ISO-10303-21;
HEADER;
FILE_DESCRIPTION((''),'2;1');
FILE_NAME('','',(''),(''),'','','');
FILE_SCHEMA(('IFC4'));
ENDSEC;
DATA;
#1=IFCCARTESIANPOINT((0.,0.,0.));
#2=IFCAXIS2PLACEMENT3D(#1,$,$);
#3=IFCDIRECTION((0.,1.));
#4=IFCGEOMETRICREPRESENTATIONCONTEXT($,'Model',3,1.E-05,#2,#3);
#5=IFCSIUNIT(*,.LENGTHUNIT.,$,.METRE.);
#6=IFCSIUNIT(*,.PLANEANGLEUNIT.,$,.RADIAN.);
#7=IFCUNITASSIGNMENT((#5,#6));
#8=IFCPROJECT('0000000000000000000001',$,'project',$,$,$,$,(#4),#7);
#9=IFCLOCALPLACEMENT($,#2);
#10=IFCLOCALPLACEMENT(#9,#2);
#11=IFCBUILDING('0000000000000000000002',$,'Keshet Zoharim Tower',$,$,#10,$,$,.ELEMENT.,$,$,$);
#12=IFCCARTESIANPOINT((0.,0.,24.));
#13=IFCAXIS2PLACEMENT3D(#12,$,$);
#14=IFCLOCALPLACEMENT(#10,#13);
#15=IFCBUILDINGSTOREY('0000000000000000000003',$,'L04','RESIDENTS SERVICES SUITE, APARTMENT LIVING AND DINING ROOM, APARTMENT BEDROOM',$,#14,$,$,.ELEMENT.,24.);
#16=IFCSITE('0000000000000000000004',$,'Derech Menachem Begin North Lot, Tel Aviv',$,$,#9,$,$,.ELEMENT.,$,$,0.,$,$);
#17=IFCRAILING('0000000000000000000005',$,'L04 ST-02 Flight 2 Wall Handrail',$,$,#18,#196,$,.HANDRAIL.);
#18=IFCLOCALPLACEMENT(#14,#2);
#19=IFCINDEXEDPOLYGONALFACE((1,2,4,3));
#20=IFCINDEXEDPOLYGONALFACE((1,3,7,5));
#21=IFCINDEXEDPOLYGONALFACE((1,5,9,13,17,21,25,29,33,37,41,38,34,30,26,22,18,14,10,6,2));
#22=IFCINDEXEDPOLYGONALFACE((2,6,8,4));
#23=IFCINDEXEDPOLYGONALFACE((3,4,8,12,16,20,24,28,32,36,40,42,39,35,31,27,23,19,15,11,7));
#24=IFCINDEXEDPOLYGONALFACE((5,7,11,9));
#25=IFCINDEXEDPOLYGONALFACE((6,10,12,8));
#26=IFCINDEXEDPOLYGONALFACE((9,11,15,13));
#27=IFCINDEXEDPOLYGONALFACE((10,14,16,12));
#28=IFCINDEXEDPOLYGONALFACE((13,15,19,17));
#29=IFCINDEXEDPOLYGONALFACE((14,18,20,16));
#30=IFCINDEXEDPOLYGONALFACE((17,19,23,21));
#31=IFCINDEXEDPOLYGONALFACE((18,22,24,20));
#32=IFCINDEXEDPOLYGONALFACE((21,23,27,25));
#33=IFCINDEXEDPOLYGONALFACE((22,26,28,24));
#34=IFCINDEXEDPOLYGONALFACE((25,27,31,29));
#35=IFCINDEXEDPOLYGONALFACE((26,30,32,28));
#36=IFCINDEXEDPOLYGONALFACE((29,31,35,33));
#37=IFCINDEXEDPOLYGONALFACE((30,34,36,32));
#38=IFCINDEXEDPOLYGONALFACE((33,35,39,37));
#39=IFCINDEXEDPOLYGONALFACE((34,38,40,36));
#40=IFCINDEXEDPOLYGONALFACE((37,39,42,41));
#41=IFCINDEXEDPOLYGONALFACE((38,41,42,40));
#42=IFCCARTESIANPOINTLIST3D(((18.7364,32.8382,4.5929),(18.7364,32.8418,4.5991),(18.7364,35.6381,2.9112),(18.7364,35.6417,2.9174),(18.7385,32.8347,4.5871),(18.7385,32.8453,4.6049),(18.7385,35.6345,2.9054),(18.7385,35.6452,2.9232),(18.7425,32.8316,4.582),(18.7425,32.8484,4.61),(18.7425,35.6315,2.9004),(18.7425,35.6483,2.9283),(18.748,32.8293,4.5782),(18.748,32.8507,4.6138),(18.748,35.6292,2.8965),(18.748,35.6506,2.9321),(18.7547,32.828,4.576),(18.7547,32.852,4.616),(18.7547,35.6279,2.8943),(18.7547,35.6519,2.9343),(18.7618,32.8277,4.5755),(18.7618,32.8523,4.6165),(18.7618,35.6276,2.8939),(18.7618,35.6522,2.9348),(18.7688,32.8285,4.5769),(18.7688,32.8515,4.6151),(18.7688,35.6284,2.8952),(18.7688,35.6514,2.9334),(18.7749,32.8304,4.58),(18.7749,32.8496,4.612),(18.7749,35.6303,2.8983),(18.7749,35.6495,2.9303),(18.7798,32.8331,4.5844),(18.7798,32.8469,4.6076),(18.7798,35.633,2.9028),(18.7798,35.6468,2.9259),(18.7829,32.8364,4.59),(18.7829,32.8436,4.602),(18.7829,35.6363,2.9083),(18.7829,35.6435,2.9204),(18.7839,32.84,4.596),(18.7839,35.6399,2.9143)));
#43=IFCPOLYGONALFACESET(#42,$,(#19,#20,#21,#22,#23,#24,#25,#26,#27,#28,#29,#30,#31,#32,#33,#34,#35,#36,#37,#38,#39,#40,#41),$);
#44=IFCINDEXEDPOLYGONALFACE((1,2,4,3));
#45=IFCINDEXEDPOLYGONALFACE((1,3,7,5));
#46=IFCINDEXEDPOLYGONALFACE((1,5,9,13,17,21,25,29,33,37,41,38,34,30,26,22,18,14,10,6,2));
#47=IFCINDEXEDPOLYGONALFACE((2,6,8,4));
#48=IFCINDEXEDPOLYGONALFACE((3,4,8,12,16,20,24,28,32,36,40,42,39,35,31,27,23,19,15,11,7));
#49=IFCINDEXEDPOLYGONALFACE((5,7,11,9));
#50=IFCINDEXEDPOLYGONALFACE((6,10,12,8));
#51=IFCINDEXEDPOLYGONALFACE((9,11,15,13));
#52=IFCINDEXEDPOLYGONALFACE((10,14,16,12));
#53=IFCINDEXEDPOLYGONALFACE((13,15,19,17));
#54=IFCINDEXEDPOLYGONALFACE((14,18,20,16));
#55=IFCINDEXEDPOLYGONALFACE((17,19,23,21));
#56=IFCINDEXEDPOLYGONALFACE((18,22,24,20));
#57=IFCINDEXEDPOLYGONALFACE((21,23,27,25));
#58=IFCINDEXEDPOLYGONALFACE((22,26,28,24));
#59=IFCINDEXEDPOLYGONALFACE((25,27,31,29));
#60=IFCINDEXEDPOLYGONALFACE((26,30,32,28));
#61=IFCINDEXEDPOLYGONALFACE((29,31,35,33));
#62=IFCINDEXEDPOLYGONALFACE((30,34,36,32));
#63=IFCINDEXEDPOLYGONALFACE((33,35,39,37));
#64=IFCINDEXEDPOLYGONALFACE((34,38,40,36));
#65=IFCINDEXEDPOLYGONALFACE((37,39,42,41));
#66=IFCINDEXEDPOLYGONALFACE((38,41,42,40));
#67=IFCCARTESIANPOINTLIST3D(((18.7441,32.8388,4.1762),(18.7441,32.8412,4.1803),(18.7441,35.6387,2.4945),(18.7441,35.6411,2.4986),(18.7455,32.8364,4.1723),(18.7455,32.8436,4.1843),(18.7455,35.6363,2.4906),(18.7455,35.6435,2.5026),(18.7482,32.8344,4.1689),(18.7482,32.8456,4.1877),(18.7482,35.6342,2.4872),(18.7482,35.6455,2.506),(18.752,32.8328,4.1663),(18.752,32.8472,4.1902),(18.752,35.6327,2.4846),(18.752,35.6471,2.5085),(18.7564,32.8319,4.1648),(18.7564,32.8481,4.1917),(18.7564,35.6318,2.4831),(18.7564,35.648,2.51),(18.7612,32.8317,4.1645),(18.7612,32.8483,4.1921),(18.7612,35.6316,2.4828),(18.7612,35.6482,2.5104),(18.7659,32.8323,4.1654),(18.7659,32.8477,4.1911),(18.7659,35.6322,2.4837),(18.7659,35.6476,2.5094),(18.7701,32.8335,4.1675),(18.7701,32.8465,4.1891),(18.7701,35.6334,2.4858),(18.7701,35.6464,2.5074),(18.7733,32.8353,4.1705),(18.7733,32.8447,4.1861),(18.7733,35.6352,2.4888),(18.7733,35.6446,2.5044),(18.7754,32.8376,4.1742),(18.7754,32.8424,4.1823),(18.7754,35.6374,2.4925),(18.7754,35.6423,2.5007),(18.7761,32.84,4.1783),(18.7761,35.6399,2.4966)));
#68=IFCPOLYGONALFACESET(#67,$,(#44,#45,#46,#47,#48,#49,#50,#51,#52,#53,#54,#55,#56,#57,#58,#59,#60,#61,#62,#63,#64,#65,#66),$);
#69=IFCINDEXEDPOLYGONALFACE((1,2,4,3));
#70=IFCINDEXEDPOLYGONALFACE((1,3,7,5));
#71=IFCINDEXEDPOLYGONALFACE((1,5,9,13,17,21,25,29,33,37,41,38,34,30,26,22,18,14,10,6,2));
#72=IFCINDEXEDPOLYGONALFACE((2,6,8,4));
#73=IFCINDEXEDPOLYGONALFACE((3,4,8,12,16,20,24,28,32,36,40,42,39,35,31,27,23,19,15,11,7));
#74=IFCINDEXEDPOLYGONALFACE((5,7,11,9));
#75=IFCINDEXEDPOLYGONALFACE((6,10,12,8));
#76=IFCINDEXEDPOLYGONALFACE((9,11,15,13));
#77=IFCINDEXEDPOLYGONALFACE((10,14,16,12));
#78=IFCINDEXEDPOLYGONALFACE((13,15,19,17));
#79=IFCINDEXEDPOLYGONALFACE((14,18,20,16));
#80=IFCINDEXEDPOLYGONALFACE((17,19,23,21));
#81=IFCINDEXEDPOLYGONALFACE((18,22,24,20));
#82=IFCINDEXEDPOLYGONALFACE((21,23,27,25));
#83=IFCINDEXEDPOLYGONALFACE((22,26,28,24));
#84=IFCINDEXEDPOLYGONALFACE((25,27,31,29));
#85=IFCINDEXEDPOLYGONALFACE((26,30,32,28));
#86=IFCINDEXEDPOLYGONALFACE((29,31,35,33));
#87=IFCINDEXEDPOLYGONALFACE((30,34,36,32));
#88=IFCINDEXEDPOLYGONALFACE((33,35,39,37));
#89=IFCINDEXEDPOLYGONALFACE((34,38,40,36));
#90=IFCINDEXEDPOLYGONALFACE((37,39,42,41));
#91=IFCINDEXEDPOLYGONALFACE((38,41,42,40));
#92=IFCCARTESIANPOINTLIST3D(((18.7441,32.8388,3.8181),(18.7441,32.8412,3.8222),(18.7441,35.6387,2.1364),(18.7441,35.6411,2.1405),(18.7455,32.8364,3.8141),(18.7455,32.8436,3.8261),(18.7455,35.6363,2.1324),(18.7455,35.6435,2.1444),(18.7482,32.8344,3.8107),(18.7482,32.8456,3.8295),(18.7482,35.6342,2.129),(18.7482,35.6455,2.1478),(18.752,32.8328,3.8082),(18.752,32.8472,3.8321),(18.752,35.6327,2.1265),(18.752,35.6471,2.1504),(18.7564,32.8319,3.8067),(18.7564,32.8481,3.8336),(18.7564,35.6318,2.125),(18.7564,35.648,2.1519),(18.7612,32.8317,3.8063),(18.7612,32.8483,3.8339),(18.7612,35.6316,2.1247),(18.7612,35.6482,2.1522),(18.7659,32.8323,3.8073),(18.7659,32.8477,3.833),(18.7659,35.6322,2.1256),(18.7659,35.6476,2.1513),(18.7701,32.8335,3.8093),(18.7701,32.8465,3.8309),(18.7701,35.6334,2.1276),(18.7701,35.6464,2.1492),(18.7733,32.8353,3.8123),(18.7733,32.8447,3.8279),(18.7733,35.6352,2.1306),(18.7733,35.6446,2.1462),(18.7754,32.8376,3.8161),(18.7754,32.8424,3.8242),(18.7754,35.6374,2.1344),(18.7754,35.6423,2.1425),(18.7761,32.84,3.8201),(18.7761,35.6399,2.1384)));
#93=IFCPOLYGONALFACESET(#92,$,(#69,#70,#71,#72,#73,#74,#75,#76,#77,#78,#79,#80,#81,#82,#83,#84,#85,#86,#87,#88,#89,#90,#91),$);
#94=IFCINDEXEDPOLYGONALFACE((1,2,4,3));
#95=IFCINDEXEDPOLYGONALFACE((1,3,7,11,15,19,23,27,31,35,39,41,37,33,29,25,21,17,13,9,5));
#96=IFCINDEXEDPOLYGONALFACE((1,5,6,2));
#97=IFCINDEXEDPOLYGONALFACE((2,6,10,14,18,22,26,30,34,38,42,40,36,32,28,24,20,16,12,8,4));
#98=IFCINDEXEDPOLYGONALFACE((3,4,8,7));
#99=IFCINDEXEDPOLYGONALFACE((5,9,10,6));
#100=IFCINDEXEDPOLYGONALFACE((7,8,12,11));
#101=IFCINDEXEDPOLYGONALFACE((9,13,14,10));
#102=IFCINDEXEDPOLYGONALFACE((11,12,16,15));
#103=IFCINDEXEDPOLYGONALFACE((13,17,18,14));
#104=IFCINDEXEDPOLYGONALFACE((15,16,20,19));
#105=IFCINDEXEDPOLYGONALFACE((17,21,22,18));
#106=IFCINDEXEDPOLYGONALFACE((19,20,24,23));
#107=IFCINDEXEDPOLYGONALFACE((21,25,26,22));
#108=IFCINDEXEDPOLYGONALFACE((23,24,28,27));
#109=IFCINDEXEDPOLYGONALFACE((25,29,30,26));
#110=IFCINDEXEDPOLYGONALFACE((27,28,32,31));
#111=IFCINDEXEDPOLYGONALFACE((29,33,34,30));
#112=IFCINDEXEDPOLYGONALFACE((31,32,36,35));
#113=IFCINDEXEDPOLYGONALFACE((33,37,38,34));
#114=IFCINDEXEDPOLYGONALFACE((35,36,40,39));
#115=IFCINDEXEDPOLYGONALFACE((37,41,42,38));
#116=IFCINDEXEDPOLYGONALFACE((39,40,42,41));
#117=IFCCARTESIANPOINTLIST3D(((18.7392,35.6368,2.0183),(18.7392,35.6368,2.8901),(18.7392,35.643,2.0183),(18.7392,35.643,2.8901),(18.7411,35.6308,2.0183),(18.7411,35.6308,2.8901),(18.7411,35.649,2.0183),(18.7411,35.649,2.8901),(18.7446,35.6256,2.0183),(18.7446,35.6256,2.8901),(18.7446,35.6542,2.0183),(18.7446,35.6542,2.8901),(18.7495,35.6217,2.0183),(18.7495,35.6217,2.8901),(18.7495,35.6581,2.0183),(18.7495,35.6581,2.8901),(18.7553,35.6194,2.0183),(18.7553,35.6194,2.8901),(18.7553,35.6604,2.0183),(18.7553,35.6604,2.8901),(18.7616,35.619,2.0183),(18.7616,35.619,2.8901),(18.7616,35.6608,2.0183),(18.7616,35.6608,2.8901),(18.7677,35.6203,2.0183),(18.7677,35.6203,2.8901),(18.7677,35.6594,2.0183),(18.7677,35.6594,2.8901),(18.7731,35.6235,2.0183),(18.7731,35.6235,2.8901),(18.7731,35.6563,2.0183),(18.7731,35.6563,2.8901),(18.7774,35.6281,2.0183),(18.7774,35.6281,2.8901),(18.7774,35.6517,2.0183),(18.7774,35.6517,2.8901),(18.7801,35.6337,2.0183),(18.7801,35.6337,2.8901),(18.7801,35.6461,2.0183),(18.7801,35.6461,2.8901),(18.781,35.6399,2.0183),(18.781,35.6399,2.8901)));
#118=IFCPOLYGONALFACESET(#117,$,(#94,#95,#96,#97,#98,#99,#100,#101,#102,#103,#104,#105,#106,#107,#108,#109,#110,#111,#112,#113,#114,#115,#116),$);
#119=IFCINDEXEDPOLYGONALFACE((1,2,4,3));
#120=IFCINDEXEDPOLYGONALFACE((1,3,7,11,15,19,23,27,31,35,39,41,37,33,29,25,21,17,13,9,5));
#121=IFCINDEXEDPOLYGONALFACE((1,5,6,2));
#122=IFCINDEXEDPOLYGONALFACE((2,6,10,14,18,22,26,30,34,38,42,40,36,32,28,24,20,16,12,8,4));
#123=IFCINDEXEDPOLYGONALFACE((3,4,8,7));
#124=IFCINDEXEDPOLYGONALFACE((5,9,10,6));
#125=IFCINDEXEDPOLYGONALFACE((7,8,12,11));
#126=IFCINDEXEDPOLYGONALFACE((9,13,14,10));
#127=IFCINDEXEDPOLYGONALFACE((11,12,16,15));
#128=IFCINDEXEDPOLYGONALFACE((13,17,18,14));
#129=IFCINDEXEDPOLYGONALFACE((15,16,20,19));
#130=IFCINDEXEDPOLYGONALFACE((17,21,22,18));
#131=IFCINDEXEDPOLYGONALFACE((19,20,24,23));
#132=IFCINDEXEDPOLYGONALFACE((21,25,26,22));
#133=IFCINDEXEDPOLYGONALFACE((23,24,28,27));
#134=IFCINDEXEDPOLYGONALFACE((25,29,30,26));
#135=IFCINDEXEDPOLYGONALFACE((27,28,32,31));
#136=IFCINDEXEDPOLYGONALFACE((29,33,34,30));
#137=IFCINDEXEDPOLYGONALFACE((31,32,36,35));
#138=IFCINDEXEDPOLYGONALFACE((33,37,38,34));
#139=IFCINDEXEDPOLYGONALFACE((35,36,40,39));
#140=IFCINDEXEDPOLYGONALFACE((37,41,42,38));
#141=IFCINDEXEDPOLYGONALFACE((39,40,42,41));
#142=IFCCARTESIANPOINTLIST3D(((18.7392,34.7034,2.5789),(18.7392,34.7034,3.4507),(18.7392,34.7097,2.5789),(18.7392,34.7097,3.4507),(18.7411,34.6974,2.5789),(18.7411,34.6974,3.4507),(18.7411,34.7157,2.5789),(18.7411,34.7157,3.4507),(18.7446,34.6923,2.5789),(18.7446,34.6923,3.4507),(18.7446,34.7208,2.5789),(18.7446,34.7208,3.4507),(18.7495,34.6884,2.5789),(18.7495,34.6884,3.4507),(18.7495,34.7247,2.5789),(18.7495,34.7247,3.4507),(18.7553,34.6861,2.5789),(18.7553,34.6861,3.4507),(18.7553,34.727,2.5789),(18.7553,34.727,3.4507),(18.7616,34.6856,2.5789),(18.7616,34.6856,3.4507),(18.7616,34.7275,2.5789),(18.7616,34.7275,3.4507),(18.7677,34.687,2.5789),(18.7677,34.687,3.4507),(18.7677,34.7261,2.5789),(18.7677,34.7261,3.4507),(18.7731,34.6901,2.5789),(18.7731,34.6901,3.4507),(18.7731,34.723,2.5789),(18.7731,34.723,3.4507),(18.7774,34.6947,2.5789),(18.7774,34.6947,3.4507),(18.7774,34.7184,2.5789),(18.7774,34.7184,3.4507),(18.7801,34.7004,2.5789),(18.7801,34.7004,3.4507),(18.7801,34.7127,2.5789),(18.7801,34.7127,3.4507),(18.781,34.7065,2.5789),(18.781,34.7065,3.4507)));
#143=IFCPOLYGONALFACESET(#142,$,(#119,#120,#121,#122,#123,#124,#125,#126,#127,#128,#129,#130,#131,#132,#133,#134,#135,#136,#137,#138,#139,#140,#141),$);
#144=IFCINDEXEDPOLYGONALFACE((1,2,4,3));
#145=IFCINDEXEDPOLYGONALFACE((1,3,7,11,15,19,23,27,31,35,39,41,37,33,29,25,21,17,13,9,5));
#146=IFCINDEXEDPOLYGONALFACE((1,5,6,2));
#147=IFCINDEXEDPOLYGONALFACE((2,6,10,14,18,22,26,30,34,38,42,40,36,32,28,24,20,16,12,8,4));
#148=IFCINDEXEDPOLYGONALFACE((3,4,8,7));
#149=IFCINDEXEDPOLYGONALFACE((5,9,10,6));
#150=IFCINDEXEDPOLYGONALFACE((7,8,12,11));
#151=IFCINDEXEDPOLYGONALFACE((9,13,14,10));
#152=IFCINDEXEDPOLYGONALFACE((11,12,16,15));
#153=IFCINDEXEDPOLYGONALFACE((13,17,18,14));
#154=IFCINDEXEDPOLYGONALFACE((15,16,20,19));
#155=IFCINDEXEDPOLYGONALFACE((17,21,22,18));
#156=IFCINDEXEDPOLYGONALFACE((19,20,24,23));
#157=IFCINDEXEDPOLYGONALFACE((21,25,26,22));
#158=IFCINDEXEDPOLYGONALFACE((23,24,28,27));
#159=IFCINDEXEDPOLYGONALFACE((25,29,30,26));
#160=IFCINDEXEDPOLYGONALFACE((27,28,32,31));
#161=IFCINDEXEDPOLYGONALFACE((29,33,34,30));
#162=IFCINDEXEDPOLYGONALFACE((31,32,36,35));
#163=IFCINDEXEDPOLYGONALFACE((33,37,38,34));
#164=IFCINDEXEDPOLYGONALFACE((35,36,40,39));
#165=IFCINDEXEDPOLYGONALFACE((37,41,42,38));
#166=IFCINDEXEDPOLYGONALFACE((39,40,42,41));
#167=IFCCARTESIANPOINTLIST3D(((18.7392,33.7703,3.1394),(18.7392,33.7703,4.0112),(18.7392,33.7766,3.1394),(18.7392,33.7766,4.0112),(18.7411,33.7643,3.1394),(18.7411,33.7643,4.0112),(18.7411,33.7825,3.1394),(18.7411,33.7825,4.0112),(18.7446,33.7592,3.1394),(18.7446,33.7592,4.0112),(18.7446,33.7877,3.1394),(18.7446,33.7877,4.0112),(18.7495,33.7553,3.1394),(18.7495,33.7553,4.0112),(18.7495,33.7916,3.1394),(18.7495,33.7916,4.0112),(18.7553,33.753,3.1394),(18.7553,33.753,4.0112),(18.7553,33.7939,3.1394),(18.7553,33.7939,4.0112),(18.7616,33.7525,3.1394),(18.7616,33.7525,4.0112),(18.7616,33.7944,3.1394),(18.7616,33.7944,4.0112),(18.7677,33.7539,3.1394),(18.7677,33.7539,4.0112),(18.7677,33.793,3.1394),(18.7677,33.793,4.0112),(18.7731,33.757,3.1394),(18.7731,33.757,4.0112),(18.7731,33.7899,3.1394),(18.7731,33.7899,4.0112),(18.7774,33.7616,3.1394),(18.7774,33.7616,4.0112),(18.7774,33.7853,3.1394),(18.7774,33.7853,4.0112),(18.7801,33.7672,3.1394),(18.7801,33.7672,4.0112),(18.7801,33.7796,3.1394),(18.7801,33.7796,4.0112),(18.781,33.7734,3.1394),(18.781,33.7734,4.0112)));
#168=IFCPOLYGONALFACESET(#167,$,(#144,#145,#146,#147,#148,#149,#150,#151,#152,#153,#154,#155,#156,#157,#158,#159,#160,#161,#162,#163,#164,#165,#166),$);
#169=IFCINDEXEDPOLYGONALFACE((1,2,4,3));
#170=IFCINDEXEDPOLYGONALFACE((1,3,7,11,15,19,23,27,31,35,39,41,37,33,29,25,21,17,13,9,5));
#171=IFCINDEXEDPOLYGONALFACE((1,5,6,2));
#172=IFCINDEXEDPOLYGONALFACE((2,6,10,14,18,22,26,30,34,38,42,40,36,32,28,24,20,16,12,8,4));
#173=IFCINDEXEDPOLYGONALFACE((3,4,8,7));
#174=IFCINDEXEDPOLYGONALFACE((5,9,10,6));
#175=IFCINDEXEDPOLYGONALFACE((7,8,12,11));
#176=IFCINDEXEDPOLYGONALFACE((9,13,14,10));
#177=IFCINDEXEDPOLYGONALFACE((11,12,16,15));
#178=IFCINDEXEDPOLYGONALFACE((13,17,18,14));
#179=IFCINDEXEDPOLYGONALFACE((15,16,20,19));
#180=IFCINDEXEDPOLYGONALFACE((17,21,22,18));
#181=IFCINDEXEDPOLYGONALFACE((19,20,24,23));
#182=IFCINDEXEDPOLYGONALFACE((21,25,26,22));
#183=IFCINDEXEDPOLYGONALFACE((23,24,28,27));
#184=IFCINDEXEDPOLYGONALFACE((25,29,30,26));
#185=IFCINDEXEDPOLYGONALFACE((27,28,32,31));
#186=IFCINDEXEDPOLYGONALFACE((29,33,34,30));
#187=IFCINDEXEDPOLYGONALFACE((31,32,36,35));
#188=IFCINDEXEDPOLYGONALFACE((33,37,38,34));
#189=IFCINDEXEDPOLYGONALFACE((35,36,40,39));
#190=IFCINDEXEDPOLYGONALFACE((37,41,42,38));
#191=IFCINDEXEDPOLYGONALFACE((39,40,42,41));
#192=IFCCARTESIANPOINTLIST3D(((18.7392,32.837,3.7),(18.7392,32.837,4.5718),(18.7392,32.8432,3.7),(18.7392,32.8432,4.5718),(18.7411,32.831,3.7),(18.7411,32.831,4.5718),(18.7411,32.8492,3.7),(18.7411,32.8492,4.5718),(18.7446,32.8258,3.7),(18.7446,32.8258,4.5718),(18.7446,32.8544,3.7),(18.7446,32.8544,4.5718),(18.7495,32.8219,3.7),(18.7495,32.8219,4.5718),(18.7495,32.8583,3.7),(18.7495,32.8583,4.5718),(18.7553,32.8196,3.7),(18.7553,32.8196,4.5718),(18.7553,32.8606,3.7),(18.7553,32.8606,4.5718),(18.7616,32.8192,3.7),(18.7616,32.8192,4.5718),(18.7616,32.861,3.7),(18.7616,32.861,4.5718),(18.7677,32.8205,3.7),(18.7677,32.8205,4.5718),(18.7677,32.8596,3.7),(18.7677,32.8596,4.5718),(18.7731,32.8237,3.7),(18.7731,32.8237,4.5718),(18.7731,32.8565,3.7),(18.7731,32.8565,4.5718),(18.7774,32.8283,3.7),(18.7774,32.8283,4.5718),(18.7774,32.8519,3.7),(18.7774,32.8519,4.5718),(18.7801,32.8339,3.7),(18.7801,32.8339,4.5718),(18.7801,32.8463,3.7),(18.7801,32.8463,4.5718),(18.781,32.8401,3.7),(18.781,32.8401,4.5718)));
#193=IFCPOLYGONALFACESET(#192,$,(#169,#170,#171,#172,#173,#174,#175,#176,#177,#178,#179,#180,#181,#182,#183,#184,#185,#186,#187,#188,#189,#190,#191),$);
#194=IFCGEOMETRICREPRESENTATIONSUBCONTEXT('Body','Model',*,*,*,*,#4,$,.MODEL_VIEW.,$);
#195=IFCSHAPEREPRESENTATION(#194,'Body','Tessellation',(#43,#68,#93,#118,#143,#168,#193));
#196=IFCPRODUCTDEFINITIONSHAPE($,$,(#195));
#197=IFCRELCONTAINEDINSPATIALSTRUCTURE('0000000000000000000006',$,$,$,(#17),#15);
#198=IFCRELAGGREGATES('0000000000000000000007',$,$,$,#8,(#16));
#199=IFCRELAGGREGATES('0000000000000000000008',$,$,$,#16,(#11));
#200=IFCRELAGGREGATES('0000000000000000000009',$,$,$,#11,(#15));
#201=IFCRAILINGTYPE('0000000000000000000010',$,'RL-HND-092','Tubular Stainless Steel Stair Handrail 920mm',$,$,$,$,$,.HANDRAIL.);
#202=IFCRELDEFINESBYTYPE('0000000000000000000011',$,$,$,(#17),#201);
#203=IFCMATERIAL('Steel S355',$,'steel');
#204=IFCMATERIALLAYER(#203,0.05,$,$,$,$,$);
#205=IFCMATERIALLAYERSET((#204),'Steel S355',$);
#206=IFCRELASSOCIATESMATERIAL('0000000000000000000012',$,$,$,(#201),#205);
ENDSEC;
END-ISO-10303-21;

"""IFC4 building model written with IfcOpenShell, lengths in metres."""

from ifc_helpers import new_model, si_unit, direction, frame, origin, origin_2d, place, context, subcontext, project, spatial, circle, extrude, material, layer, layer_set, type_object, element, save


model = new_model("IFC4")

# Units and contexts
model_context = context("Model", 3, precision=1e-05, world=origin(), true_north=direction((0.0, 1.0)))
body_context = subcontext(model_context, "Body", "Model", "MODEL_VIEW")
ifc_project = project(units=[si_unit("LENGTHUNIT", "METRE"), si_unit("PLANEANGLEUNIT", "RADIAN")], contexts=[model_context])

# Site, building, storey
site_placement = place(None, origin())
site = spatial("IfcSite", under=ifc_project, at=site_placement, Name="Derech Menachem Begin North Lot, Tel Aviv", CompositionType="ELEMENT", RefElevation=0.0)
building_placement = place(site_placement, origin())
building = spatial("IfcBuilding", under=site, at=building_placement, Name="Keshet Zoharim Tower", CompositionType="ELEMENT")
storey_placement = place(building_placement, frame((0.0, 0.0, 24.0)))
storey = spatial("IfcBuildingStorey", under=building, at=storey_placement, Name="L04", Description="RESIDENTS SERVICES SUITE, APARTMENT LIVING AND DINING ROOM, APARTMENT BEDROOM", CompositionType="ELEMENT", Elevation=24.0)

# Shared definitions
ifc_material_1 = material(Name="Steel S355", Category="steel")

# Railing
ifc_layer_1 = layer(ifc_material_1, 0.05)
ifc_layer_set_1 = layer_set([ifc_layer_1], Name="Steel S355")
railing_type_1 = type_object("IfcRailingType", Name="RL-HND-092", Description="Tubular Stainless Steel Stair Handrail 920mm", PredefinedType="HANDRAIL", material=ifc_layer_set_1)
railing_1_placement = place(storey_placement, frame((18.76, 35.6399, 2.0183)))
element("IfcRailing", 1, at=railing_1_placement, inside=storey, type_object=railing_type_1, Name="L04 ST-02 Flight 2 Wall Handrail", PredefinedType="HANDRAIL", context=body_context, shape_type="SweptSolid", body=[
    extrude(circle(Radius=0.0239, at=origin_2d()), frame((0.0, 0.0, 0.896), z_axis=(0.0, -0.857255, 0.514891), x_axis=(1.0, 0.0, 0.0)), (0.0, 0.0, 1.0), 3.2661),
    extrude(circle(Radius=0.0161, at=origin_2d()), frame((0.0, 0.0, 0.4783), z_axis=(0.0, -0.857255, 0.514891), x_axis=(1.0, 0.0, 0.0)), (0.0, 0.0, 1.0), 3.2661),
    extrude(circle(Radius=0.0161, at=origin_2d()), frame((0.0, 0.0, 0.1201), z_axis=(0.0, -0.857255, 0.514891), x_axis=(1.0, 0.0, 0.0)), (0.0, 0.0, 1.0), 3.2661),
    extrude(circle(Radius=0.021, at=origin_2d()), origin(), (0.0, 0.0, 1.0), 0.8718),
    extrude(circle(Radius=0.021, at=origin_2d()), frame((0.0, -0.9333, 0.5605)), (0.0, 0.0, 1.0), 0.8718),
    extrude(circle(Radius=0.021, at=origin_2d()), frame((0.0, -1.8665, 1.1211)), (0.0, 0.0, 1.0), 0.8718),
    extrude(circle(Radius=0.021, at=origin_2d()), frame((0.0, -2.7998, 1.6816)), (0.0, 0.0, 1.0), 0.8718),
])

save(model, "model.ifc")
